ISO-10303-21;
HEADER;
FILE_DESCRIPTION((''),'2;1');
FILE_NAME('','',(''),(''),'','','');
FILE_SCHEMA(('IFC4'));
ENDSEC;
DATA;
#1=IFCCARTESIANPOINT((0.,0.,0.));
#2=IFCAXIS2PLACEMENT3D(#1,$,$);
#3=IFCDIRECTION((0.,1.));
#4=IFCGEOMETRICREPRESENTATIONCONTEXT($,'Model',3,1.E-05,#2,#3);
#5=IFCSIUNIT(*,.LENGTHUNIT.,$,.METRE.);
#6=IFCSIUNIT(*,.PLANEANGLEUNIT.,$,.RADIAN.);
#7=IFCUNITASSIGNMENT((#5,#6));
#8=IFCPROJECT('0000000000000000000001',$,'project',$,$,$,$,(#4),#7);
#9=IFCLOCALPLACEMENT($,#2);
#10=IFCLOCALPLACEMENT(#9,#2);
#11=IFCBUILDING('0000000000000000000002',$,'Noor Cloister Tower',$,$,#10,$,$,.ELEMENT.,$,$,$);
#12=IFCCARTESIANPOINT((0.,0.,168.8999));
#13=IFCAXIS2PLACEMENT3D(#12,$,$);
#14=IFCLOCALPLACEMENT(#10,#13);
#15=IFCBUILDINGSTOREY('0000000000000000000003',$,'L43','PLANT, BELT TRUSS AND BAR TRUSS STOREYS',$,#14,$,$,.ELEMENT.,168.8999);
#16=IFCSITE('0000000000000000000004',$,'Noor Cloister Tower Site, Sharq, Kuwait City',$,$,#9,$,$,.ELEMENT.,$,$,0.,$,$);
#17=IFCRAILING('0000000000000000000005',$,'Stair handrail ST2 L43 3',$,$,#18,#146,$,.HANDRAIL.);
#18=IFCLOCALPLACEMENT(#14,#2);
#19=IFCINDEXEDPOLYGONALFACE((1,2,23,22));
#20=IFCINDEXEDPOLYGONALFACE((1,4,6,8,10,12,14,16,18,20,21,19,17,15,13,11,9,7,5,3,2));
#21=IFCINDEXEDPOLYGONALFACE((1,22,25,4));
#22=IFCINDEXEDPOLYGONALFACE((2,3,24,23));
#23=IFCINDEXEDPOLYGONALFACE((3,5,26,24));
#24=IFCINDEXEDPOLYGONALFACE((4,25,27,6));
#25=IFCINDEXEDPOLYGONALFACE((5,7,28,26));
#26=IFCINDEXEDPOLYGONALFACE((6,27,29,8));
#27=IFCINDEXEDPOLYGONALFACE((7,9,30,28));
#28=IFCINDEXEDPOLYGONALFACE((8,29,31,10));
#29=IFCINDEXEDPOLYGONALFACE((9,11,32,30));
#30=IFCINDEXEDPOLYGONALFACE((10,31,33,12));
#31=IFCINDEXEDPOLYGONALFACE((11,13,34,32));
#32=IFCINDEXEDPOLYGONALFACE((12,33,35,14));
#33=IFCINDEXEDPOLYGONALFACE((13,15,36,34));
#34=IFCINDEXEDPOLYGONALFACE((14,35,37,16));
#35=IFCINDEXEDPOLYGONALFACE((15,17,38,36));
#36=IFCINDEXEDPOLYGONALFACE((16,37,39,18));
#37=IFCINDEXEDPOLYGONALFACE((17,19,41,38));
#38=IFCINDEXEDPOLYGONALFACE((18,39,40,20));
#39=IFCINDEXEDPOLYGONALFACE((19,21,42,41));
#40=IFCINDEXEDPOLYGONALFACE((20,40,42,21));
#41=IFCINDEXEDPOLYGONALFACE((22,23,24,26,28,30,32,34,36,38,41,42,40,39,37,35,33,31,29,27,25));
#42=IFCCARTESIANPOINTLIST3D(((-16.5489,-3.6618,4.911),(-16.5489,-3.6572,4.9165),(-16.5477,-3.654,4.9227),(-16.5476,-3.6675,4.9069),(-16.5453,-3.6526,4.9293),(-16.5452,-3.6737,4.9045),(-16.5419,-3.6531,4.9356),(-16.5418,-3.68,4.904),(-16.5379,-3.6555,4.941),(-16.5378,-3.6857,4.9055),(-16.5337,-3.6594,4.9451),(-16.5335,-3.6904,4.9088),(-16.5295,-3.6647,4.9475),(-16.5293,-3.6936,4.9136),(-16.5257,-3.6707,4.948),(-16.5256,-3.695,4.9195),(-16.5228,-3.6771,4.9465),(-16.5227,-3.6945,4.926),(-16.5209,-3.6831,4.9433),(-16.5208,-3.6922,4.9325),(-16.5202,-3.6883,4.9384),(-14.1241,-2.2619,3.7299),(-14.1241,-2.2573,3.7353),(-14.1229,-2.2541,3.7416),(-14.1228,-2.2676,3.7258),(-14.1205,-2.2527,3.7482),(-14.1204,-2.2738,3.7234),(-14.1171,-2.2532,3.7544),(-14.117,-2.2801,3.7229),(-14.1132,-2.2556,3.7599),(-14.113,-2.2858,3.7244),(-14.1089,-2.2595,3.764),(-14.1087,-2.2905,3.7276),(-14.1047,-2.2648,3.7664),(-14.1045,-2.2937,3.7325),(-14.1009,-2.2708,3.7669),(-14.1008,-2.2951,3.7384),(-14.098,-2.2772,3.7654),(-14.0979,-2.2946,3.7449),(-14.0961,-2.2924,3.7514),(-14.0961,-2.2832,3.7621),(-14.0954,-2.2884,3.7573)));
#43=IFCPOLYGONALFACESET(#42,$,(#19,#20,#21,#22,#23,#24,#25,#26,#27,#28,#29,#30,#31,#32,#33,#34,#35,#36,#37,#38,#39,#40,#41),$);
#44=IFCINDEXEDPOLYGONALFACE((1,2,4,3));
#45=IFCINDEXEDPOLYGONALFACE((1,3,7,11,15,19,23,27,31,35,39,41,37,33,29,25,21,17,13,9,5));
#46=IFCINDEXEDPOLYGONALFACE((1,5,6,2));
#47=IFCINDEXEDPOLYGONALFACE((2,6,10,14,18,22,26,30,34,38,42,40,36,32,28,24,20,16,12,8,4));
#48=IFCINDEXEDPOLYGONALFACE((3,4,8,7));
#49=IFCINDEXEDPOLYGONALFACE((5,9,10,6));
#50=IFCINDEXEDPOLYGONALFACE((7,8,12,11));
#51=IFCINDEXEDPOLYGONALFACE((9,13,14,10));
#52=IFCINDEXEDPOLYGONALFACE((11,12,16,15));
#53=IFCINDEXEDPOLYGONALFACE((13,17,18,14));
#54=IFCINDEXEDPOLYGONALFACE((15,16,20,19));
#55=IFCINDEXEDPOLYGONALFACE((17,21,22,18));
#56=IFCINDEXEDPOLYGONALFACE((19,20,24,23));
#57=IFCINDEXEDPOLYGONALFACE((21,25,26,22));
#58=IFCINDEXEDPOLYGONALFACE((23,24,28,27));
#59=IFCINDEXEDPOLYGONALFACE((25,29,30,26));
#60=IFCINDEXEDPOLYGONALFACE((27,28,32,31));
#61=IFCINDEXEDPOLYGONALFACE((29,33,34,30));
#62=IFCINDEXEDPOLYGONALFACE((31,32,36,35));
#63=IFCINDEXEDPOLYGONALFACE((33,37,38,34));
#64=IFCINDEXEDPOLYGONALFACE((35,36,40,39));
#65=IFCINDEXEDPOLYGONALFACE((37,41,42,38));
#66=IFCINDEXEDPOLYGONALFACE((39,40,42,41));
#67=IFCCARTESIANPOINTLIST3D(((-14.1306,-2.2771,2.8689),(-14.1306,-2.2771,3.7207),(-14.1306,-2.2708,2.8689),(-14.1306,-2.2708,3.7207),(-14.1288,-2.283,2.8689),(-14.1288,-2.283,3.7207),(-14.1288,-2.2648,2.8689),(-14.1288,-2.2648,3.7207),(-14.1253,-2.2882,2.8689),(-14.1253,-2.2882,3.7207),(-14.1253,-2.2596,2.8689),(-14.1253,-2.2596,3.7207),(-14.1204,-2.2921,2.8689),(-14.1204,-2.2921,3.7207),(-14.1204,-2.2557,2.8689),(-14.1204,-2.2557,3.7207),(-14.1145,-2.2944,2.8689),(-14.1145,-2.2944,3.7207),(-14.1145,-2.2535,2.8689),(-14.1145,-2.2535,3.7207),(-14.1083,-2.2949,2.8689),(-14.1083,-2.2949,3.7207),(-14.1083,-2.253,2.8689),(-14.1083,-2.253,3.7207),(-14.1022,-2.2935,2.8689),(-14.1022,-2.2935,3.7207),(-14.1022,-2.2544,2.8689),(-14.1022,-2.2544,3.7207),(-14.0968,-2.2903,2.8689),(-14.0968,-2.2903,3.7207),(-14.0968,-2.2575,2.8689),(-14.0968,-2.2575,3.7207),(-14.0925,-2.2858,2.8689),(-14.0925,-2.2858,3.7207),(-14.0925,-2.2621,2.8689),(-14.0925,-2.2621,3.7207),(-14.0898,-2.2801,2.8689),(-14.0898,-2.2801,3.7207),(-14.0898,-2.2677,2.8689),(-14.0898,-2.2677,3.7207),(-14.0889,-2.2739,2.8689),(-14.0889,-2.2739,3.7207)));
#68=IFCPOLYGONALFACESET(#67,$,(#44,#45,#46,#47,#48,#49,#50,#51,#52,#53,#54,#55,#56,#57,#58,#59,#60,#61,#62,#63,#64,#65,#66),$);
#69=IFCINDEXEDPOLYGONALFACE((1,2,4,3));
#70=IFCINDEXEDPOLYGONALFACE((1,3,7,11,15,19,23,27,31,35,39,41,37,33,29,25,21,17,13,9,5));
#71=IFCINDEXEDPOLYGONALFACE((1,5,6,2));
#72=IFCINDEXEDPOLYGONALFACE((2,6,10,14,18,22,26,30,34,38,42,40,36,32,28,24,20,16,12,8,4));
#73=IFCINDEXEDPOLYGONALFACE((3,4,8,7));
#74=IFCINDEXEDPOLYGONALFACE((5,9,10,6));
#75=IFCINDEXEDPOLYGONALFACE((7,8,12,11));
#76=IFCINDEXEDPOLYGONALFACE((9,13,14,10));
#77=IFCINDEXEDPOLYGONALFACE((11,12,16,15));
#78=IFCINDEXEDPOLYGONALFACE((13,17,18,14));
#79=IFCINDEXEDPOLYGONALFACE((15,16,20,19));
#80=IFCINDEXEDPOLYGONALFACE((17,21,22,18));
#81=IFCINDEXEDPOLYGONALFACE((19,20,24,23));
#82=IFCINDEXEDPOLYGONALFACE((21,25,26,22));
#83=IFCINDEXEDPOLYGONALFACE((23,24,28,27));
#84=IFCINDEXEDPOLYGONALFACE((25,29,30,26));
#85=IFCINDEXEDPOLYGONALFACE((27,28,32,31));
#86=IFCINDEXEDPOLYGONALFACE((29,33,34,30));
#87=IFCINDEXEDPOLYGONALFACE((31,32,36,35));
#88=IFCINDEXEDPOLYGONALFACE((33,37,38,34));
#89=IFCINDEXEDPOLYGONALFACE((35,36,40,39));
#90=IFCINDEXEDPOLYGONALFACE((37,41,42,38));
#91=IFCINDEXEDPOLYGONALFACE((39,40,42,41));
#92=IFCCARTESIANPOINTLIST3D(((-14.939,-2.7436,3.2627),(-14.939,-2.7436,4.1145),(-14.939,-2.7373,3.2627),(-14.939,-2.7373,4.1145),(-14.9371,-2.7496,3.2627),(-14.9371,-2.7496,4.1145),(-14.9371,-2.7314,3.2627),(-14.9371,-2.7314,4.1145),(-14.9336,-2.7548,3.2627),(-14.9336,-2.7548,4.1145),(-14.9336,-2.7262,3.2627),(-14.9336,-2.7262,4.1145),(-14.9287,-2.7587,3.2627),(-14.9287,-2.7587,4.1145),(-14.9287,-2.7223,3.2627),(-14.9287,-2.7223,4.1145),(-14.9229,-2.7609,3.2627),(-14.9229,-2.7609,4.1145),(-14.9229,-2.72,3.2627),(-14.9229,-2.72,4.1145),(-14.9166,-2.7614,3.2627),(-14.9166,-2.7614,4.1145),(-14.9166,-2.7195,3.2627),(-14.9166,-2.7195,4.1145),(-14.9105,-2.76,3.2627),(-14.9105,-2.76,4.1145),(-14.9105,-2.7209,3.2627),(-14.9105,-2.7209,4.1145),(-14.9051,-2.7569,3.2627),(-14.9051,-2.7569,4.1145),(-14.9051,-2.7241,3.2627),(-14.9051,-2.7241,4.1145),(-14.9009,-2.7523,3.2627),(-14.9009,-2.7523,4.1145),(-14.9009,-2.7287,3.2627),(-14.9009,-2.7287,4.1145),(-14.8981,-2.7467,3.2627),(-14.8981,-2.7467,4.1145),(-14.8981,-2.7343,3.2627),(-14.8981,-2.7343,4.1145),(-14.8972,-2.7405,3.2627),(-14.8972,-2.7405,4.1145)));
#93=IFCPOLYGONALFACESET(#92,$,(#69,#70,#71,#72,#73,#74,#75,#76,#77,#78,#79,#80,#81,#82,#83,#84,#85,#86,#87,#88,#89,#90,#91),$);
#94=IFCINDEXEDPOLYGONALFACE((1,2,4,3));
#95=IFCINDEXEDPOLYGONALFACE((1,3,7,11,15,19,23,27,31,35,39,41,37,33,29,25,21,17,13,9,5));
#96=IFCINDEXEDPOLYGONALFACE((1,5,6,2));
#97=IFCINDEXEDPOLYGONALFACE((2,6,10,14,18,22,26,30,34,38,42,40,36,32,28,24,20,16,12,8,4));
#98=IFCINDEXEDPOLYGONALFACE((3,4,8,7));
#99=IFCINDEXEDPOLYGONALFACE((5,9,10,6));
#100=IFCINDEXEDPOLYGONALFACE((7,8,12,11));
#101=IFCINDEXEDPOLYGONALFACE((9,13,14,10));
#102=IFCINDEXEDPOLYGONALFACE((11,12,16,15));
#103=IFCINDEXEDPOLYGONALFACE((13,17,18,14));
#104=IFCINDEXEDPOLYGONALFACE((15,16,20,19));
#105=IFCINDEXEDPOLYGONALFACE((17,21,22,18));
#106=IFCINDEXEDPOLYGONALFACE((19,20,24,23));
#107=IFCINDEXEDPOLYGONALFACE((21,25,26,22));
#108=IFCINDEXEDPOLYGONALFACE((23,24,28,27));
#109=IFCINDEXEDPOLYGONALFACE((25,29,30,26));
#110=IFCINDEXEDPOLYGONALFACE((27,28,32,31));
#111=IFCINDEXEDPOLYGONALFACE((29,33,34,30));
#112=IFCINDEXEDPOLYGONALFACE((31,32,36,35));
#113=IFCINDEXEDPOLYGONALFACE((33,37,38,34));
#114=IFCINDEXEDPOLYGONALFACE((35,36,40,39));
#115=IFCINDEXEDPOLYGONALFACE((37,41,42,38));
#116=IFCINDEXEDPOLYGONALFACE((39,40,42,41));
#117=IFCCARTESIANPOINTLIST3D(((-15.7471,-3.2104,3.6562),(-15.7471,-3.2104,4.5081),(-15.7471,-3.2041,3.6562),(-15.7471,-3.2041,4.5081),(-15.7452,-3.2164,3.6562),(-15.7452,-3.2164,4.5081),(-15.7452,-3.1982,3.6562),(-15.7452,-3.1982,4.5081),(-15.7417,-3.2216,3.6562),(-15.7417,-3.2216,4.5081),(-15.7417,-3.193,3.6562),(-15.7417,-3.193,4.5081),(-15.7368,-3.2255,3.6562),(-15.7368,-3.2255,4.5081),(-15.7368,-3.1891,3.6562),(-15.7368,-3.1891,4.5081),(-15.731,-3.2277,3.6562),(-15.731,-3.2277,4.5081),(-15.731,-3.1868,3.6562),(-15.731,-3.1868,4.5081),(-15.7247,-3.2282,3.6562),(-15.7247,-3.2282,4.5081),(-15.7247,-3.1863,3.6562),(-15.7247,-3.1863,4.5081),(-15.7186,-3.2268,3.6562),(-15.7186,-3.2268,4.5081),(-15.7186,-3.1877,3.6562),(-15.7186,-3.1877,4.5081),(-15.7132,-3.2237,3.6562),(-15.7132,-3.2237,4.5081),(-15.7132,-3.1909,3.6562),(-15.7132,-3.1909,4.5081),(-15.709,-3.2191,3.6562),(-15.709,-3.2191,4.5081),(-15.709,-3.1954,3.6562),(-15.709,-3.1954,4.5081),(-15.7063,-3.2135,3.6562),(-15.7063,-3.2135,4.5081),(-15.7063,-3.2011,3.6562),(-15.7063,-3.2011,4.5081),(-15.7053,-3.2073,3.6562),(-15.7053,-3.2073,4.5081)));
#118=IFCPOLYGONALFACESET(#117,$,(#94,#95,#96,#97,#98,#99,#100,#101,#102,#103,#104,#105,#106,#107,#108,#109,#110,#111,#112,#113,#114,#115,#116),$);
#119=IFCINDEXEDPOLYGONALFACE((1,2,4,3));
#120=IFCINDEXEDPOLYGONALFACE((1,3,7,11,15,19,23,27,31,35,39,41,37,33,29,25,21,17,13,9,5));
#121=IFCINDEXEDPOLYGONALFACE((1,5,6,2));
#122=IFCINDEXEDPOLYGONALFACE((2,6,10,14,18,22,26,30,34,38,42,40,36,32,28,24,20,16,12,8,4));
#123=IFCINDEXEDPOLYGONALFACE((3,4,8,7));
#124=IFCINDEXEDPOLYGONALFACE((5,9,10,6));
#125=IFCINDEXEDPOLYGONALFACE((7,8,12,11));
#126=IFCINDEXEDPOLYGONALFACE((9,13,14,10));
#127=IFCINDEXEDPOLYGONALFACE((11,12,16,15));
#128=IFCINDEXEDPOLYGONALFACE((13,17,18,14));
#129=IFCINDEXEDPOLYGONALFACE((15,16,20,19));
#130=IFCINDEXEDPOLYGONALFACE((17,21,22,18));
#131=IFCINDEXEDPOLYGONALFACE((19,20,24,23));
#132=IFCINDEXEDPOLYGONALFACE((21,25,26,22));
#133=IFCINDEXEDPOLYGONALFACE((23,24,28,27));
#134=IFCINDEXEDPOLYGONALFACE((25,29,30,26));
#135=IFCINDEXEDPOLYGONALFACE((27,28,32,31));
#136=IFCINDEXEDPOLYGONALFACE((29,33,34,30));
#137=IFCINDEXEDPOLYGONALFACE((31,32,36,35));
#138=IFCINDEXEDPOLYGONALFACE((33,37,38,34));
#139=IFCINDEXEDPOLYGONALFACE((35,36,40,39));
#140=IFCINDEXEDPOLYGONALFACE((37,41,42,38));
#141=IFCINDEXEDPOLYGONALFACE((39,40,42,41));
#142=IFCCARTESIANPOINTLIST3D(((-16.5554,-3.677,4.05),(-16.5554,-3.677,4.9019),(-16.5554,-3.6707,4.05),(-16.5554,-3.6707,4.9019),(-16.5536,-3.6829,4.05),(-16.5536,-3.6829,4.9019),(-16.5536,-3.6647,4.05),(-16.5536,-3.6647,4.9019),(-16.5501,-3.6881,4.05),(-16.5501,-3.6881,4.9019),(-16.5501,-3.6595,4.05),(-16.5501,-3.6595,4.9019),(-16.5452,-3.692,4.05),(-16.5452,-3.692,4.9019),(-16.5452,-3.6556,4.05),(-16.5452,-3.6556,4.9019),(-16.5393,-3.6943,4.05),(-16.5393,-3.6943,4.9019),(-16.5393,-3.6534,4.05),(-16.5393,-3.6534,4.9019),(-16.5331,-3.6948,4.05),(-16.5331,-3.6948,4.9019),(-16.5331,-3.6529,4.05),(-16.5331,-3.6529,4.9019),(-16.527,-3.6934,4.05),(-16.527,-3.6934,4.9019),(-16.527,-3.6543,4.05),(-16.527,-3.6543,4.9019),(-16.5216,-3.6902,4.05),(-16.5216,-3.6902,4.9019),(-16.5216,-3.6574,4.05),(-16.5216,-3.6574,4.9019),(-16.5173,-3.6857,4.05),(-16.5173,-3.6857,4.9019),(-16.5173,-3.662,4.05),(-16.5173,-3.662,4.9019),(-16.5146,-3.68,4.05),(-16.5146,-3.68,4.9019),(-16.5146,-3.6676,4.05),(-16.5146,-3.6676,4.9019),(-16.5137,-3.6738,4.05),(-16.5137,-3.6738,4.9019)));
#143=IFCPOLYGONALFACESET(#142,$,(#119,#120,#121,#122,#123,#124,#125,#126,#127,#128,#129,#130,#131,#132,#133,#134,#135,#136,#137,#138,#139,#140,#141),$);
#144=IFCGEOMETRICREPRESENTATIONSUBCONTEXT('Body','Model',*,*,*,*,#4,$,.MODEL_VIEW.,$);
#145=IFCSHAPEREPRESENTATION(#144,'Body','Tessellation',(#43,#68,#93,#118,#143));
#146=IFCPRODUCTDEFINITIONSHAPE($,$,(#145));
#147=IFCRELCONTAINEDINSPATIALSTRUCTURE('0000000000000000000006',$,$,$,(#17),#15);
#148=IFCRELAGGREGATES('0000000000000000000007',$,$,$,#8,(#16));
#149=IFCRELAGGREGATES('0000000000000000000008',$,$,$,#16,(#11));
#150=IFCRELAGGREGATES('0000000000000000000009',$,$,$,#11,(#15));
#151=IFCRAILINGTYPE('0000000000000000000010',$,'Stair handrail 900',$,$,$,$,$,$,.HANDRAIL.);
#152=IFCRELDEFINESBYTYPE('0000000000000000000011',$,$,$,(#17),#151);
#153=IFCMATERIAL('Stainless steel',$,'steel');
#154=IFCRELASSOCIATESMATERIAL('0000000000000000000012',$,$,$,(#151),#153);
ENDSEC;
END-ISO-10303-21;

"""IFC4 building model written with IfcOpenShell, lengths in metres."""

from ifc_helpers import new_model, si_unit, direction, frame, origin, origin_2d, place, context, subcontext, project, spatial, circle, extrude, material, type_object, element, save


model = new_model("IFC4")

# Units and contexts
model_context = context("Model", 3, precision=1e-05, world=origin(), true_north=direction((0.0, 1.0)))
body_context = subcontext(model_context, "Body", "Model", "MODEL_VIEW")
ifc_project = project(units=[si_unit("LENGTHUNIT", "METRE"), si_unit("PLANEANGLEUNIT", "RADIAN")], contexts=[model_context])

# Site, building, storey
site_placement = place(None, origin())
site = spatial("IfcSite", under=ifc_project, at=site_placement, Name="Noor Cloister Tower Site, Sharq, Kuwait City", CompositionType="ELEMENT", RefElevation=0.0)
building_placement = place(site_placement, origin())
building = spatial("IfcBuilding", under=site, at=building_placement, Name="Noor Cloister Tower", CompositionType="ELEMENT")
storey_placement = place(building_placement, frame((0.0, 0.0, 168.8999)))
storey = spatial("IfcBuildingStorey", under=building, at=storey_placement, Name="L43", Description="PLANT, BELT TRUSS AND BAR TRUSS STOREYS", CompositionType="ELEMENT", Elevation=168.8999)

# Railing
ifc_material_1 = material(Name="Stainless steel", Category="steel")
railing_type_1 = type_object("IfcRailingType", Name="Stair handrail 900", PredefinedType="HANDRAIL", material=ifc_material_1)
railing_1_placement = place(storey_placement, frame((-14.1099, -2.2739, 2.8689)))
element("IfcRailing", 1, at=railing_1_placement, inside=storey, type_object=railing_type_1, Name="Stair handrail ST2 L43 3", PredefinedType="HANDRAIL", context=body_context, shape_type="SweptSolid", body=[
    extrude(circle(Radius=0.0239, at=origin_2d()), frame((0.0, 0.0, 0.876), z_axis=(-0.797939, -0.460671, 0.388686), x_axis=(0.499984, -0.866035, 0.0)), (0.0, 0.0, 1.0), 3.0388),
    extrude(circle(Radius=0.021, at=origin_2d()), origin(), (0.0, 0.0, 1.0), 0.8518),
    extrude(circle(Radius=0.021, at=origin_2d()), frame((-0.8083, -0.4666, 0.3938)), (0.0, 0.0, 1.0), 0.8518),
    extrude(circle(Radius=0.021, at=origin_2d()), frame((-1.6165, -0.9333, 0.7874)), (0.0, 0.0, 1.0), 0.8518),
    extrude(circle(Radius=0.021, at=origin_2d()), frame((-2.4248, -1.3999, 1.1812)), (0.0, 0.0, 1.0), 0.8518),
])

save(model, "model.ifc")
